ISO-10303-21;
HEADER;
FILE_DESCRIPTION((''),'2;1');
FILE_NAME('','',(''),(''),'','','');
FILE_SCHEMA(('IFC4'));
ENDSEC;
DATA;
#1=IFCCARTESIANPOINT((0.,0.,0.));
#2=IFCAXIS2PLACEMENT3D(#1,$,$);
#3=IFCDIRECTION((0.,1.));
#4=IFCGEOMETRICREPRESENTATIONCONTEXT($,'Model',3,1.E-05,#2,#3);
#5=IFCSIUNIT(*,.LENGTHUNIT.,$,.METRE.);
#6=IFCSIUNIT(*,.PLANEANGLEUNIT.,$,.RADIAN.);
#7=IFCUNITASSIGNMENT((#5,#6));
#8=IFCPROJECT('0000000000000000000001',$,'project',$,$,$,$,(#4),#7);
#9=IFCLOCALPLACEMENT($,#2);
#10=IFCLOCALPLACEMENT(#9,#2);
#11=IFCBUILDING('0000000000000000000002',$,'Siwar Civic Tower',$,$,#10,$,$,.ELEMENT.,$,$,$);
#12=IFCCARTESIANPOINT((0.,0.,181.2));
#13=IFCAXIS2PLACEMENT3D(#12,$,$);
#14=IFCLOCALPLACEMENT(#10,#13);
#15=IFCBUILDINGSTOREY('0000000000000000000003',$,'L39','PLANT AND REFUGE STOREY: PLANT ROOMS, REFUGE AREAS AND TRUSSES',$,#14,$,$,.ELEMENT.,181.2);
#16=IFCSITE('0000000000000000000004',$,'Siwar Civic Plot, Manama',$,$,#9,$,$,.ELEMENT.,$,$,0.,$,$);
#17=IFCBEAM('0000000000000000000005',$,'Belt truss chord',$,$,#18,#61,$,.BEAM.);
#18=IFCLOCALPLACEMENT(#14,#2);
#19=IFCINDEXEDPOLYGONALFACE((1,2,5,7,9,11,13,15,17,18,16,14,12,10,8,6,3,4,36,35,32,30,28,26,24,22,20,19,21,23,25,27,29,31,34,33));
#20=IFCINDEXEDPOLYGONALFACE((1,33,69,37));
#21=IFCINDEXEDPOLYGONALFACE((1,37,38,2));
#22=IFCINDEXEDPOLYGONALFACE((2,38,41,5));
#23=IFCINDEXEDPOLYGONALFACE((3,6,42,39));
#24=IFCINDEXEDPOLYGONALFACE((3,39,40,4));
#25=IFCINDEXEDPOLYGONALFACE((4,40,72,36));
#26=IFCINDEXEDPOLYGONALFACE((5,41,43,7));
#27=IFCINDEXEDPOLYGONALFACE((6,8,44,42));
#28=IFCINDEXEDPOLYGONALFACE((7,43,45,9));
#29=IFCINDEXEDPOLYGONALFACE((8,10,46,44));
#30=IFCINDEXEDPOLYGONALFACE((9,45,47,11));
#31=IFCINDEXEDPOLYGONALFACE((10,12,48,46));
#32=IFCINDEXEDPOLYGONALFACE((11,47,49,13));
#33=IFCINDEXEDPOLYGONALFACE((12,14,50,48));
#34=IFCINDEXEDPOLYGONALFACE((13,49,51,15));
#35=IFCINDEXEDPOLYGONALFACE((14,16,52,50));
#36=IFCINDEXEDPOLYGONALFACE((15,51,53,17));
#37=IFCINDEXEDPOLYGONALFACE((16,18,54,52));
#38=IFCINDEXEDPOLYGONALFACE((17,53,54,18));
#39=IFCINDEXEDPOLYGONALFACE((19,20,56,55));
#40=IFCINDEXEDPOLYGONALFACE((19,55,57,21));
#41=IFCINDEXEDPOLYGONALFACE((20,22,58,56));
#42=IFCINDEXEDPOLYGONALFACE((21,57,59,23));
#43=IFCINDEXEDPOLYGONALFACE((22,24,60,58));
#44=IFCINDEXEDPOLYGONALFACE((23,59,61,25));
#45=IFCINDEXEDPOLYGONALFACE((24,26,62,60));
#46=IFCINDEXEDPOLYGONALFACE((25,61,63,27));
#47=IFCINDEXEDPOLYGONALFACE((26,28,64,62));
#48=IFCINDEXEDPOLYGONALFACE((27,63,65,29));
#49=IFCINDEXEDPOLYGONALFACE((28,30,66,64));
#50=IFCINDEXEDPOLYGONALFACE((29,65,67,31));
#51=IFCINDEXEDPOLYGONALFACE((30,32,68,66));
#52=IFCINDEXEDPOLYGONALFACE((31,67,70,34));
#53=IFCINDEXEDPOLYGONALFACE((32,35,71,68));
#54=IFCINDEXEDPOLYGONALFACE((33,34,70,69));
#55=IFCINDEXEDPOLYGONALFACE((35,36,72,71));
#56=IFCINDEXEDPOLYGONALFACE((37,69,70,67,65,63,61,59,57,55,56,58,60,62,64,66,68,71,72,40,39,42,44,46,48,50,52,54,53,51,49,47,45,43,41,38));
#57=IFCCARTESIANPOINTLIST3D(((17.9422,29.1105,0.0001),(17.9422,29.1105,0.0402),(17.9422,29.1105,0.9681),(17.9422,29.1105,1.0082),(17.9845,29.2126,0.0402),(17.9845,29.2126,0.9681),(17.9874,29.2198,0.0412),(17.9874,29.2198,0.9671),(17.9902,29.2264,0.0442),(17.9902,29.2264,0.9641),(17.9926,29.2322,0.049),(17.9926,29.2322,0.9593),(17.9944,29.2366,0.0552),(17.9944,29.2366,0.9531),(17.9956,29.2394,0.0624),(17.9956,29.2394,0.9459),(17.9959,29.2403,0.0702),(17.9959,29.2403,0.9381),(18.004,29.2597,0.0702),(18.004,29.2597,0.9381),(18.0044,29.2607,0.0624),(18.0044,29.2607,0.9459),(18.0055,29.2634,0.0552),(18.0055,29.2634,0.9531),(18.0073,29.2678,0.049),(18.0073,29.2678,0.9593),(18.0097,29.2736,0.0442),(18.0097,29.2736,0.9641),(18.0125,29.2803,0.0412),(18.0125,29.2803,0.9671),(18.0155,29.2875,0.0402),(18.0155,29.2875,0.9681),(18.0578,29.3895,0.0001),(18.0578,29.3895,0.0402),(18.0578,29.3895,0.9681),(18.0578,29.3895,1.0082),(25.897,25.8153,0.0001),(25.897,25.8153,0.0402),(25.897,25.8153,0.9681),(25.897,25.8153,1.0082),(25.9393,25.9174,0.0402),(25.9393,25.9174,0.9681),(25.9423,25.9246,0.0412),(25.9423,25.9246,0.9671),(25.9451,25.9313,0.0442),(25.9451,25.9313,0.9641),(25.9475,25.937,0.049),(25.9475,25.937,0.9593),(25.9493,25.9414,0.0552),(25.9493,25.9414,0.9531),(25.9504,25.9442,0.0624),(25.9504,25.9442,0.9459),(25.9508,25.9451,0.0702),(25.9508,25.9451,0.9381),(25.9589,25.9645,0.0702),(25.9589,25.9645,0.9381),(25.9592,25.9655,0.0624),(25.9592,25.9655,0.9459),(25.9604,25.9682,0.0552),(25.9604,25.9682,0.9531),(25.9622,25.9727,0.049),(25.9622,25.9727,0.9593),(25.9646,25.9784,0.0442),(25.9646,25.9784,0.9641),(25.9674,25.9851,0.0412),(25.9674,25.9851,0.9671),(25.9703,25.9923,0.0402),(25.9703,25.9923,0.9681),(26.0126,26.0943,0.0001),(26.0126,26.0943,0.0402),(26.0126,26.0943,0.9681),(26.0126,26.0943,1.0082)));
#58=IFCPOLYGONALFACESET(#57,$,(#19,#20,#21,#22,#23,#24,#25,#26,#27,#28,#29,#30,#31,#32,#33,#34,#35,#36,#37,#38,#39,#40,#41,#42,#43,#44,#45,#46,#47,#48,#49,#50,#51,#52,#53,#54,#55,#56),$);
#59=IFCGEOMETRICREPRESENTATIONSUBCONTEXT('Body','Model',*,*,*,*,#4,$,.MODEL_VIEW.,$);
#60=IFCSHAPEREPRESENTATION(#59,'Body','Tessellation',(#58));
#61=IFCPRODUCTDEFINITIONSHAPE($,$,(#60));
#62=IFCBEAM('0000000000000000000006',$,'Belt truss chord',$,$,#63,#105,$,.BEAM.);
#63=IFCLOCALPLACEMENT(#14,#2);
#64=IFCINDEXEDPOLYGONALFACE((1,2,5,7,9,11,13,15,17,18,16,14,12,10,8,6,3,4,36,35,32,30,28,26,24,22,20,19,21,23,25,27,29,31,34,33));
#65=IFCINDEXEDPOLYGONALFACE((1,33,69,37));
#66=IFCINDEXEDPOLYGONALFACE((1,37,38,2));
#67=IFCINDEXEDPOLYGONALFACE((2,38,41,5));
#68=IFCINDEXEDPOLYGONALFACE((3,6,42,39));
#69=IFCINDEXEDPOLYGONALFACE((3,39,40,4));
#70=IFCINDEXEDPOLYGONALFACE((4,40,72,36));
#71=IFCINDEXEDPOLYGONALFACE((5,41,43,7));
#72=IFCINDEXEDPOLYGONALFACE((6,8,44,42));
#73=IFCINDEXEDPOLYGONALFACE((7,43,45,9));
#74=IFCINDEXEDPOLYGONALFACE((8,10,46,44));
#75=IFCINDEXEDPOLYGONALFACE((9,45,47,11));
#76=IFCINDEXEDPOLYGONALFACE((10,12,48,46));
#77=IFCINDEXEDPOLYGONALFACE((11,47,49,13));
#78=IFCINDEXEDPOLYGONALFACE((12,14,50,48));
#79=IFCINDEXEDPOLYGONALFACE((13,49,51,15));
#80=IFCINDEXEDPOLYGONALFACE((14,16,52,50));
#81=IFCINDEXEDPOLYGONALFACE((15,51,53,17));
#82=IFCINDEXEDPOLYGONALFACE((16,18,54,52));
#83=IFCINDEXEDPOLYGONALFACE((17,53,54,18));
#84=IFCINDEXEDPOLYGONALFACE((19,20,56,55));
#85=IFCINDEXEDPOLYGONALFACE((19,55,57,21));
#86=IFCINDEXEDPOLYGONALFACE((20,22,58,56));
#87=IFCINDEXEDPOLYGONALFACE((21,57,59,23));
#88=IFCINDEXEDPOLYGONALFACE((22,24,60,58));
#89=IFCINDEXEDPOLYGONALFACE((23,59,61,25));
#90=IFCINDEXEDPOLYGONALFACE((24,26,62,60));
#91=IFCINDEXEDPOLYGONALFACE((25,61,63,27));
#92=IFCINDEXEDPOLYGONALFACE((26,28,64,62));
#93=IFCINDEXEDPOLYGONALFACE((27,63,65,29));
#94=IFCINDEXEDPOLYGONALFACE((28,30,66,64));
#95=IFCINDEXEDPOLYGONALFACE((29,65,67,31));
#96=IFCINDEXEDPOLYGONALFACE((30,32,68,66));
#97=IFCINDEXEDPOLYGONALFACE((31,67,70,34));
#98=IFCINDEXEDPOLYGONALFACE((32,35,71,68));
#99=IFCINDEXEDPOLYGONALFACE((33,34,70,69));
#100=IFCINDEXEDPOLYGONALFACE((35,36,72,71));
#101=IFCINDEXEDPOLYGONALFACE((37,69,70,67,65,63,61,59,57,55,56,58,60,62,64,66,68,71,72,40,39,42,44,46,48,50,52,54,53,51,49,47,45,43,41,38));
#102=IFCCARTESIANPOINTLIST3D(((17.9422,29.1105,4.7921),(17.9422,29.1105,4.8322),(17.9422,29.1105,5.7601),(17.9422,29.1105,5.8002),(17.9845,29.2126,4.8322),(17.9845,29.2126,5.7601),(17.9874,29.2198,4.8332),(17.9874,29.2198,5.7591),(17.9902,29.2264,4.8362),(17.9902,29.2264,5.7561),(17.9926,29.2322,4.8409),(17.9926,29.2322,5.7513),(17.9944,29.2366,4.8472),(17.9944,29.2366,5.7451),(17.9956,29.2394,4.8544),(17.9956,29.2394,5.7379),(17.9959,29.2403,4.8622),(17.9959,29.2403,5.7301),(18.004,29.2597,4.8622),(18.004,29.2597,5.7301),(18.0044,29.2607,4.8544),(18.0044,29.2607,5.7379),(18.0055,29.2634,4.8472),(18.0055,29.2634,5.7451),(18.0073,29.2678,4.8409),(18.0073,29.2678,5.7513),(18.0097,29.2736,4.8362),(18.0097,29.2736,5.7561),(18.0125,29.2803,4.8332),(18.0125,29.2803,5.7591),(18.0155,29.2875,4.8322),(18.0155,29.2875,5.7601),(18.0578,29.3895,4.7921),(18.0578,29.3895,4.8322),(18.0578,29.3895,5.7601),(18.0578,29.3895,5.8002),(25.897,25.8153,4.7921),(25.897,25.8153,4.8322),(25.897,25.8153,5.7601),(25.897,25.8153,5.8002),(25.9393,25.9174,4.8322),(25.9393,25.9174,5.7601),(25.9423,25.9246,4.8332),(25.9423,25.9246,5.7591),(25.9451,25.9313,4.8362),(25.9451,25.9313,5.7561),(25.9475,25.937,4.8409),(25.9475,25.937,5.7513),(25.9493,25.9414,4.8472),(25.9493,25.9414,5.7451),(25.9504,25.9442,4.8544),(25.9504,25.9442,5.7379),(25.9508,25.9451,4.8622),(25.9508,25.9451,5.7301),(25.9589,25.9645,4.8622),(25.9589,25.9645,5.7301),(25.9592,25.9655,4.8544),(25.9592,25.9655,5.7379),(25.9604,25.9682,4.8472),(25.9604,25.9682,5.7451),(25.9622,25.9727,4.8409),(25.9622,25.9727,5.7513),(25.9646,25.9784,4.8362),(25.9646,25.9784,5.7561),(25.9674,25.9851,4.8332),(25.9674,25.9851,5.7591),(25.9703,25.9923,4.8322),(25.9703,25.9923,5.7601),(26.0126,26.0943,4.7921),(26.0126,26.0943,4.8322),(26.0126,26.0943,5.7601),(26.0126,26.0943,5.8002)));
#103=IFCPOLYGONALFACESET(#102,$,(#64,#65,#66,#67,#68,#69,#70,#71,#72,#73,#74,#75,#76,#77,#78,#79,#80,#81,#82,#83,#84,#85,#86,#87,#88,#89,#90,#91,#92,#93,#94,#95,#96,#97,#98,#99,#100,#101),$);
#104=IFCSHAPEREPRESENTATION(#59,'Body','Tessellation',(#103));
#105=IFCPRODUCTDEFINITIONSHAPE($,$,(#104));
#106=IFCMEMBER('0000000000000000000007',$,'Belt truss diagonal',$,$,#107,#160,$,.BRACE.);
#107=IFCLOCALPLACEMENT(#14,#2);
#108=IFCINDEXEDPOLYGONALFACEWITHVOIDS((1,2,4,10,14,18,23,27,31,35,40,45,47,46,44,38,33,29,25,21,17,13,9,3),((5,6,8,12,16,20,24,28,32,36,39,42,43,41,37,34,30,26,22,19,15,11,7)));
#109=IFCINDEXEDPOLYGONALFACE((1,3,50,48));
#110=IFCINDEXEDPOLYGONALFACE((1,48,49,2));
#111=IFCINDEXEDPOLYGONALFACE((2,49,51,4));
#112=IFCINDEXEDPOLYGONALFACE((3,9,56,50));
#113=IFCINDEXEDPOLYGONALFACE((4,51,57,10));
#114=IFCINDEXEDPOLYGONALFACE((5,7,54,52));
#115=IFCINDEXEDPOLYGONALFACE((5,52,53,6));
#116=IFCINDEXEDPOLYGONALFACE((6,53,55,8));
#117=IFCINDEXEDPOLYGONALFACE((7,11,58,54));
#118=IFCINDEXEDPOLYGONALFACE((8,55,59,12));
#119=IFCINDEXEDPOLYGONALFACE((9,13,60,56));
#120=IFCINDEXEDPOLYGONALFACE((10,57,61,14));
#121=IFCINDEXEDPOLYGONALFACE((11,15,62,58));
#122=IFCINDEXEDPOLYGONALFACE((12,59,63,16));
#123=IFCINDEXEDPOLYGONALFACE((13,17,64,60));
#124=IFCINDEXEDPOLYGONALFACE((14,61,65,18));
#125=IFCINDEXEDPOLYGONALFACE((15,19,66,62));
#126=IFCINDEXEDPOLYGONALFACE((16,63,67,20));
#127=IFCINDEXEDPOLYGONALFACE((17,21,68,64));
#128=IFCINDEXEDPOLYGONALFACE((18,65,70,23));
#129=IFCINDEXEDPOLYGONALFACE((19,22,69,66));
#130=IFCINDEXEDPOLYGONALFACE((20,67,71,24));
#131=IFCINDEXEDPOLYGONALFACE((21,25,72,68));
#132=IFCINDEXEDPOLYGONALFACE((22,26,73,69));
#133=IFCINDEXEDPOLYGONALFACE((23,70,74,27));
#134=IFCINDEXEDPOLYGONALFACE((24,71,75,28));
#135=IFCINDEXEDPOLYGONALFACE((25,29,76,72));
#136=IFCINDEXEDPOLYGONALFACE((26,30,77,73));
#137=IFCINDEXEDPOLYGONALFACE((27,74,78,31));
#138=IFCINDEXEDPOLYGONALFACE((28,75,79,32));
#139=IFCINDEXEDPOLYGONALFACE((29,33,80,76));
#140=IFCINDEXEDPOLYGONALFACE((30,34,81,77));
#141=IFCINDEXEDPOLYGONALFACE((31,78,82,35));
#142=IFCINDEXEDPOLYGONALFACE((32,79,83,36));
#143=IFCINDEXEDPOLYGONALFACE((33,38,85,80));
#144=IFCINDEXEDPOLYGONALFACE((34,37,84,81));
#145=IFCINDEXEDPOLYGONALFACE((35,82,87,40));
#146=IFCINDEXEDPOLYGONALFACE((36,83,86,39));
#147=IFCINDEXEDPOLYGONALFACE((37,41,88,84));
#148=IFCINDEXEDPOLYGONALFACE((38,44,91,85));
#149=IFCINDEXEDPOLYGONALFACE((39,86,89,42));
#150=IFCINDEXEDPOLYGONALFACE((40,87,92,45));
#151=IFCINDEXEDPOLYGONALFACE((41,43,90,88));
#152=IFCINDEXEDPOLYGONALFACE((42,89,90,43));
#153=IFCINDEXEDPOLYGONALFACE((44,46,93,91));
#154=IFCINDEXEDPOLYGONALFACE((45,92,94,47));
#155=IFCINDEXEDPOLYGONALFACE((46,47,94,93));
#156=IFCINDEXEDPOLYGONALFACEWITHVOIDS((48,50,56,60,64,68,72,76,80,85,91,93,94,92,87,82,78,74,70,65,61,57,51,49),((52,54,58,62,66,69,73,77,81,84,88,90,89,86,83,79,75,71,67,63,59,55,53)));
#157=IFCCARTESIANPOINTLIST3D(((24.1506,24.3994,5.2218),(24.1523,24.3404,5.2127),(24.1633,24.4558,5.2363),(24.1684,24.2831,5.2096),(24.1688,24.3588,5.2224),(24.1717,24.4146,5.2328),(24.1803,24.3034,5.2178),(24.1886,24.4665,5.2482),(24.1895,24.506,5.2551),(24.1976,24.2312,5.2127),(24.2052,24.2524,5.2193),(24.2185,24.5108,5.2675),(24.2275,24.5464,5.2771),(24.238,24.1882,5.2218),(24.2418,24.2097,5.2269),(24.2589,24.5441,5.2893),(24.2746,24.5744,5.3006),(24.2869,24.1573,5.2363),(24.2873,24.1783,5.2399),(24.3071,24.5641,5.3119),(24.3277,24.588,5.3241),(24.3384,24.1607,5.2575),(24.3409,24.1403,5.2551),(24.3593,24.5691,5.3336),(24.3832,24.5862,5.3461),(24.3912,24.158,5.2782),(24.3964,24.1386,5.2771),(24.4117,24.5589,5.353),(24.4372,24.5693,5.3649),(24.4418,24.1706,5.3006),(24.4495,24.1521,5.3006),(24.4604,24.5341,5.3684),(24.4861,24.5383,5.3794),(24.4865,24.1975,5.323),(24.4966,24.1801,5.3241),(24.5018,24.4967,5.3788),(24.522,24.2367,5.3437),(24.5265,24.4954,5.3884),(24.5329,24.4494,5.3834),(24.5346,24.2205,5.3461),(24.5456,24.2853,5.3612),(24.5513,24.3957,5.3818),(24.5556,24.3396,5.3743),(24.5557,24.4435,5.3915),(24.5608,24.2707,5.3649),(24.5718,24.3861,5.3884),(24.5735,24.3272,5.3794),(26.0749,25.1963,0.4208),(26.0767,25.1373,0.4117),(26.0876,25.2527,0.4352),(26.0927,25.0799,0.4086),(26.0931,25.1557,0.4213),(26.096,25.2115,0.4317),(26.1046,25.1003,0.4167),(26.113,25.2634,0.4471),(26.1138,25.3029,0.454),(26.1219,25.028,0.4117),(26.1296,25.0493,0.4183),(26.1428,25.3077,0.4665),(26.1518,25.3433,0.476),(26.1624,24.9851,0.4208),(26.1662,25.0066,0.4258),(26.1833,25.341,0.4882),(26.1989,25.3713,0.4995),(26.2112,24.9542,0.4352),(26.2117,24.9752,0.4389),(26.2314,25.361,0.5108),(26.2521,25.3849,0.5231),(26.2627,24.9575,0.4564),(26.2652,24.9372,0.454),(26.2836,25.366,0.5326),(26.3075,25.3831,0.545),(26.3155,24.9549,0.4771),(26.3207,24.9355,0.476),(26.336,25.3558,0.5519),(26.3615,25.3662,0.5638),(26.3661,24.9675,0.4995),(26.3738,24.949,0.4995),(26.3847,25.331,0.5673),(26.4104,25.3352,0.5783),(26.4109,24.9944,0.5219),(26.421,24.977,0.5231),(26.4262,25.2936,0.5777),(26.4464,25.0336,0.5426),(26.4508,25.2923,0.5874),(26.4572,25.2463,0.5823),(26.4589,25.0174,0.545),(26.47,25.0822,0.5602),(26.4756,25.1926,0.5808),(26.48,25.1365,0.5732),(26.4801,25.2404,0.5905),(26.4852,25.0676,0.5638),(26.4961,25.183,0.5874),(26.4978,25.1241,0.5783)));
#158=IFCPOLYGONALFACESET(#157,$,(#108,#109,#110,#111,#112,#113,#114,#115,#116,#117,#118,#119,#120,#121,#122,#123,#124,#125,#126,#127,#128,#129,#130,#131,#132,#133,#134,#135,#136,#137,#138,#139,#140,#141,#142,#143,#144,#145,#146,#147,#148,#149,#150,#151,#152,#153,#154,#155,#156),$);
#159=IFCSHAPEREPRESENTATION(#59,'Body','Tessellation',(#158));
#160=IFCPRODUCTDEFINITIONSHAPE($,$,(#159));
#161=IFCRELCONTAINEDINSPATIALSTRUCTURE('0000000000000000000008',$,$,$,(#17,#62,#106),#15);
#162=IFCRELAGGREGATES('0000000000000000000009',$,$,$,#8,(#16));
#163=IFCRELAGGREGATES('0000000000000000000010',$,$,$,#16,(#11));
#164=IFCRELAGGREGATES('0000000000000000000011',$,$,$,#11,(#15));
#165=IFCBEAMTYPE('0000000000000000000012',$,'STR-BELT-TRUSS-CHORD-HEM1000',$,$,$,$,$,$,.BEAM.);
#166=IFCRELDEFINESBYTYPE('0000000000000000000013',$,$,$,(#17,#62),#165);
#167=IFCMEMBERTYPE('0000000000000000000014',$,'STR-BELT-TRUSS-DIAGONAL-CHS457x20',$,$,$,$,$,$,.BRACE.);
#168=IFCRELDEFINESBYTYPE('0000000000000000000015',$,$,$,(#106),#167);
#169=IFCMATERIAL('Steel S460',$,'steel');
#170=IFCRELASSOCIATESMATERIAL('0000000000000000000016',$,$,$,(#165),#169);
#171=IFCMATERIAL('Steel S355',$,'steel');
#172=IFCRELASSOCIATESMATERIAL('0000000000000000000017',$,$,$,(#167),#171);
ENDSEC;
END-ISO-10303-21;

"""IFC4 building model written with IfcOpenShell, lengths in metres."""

from ifc_helpers import new_model, si_unit, direction, frame, origin, origin_2d, place, context, subcontext, project, spatial, hollow_circle, i_section, extrude, material, material_profile, profile_set, type_object, element, save


model = new_model("IFC4")

# Units and contexts
model_context = context("Model", 3, precision=1e-05, world=origin(), true_north=direction((0.0, 1.0)))
body_context = subcontext(model_context, "Body", "Model", "MODEL_VIEW")
ifc_project = project(units=[si_unit("LENGTHUNIT", "METRE"), si_unit("PLANEANGLEUNIT", "RADIAN")], contexts=[model_context])

# Site, building, storey
site_placement = place(None, origin())
site = spatial("IfcSite", under=ifc_project, at=site_placement, Name="Siwar Civic Plot, Manama", CompositionType="ELEMENT", RefElevation=0.0)
building_placement = place(site_placement, origin())
building = spatial("IfcBuilding", under=site, at=building_placement, Name="Siwar Civic Tower", CompositionType="ELEMENT")
storey_placement = place(building_placement, frame((0.0, 0.0, 181.2)))
storey = spatial("IfcBuildingStorey", under=building, at=storey_placement, Name="L39", Description="PLANT AND REFUGE STOREY: PLANT ROOMS, REFUGE AREAS AND TRUSSES", CompositionType="ELEMENT", Elevation=181.2)

# Beams
ifc_material_1 = material(Name="Steel S460", Category="steel")
ifc_material_profile_1 = material_profile(ifc_material_1, i_section(OverallWidth=0.302, OverallDepth=1.0081, WebThickness=0.021, FlangeThickness=0.04, FilletRadius=0.03, at=origin_2d()), Name="HEM1000")
ifc_profile_set_1 = profile_set([ifc_material_profile_1], Name="Steel S460")
beam_type_1 = type_object("IfcBeamType", Name="STR-BELT-TRUSS-CHORD-HEM1000", PredefinedType="BEAM", material=ifc_profile_set_1)
for number, where, z_axis, x_axis, name in (
    (1, (25.9548, 25.9548, 0.5042), (-0.923873, 0.3827, 0.0), (-0.3827, -0.923873, 0.0), "Belt truss chord"),
    (2, (25.9548, 25.9548, 5.2961), (-0.923873, 0.3827, 0.0), (-0.3827, -0.923873, 0.0), "Belt truss chord"),
):
    element("IfcBeam", number, at=place(storey_placement, frame(where, z_axis=z_axis, x_axis=x_axis)), inside=storey, type_object=beam_type_1, Name=name, PredefinedType="BEAM", context=body_context, shape_type="SweptSolid", body=[
        extrude(i_section(OverallWidth=0.302, OverallDepth=1.0081, WebThickness=0.021, FlangeThickness=0.04, FilletRadius=0.03, at=origin_2d()), origin(), (0.0, 0.0, 1.0), 8.6104),
    ])

# Member
ifc_material_2 = material(Name="Steel S355", Category="steel")
ifc_material_profile_2 = material_profile(ifc_material_2, hollow_circle(Radius=0.2285, WallThickness=0.02, at=origin_2d()), Name="CHS457x20")
ifc_profile_set_2 = profile_set([ifc_material_profile_2], Name="Steel S355")
member_type_1 = type_object("IfcMemberType", Name="STR-BELT-TRUSS-DIAGONAL-CHS457x20", PredefinedType="BRACE", material=ifc_profile_set_2)
member_1_placement = place(storey_placement, frame((26.2864, 25.1602, 0.4995), z_axis=(-0.367703, -0.152269, 0.917392), x_axis=(0.3826, -0.923914, 0.0)))
element("IfcMember", 3, at=member_1_placement, inside=storey, type_object=member_type_1, Name="Belt truss diagonal", PredefinedType="BRACE", context=body_context, shape_type="SweptSolid", body=[
    extrude(hollow_circle(Radius=0.2285, WallThickness=0.02, at=origin_2d()), origin(), (0.0, 0.0, 1.0), 5.2334),
])

save(model, "model.ifc")
